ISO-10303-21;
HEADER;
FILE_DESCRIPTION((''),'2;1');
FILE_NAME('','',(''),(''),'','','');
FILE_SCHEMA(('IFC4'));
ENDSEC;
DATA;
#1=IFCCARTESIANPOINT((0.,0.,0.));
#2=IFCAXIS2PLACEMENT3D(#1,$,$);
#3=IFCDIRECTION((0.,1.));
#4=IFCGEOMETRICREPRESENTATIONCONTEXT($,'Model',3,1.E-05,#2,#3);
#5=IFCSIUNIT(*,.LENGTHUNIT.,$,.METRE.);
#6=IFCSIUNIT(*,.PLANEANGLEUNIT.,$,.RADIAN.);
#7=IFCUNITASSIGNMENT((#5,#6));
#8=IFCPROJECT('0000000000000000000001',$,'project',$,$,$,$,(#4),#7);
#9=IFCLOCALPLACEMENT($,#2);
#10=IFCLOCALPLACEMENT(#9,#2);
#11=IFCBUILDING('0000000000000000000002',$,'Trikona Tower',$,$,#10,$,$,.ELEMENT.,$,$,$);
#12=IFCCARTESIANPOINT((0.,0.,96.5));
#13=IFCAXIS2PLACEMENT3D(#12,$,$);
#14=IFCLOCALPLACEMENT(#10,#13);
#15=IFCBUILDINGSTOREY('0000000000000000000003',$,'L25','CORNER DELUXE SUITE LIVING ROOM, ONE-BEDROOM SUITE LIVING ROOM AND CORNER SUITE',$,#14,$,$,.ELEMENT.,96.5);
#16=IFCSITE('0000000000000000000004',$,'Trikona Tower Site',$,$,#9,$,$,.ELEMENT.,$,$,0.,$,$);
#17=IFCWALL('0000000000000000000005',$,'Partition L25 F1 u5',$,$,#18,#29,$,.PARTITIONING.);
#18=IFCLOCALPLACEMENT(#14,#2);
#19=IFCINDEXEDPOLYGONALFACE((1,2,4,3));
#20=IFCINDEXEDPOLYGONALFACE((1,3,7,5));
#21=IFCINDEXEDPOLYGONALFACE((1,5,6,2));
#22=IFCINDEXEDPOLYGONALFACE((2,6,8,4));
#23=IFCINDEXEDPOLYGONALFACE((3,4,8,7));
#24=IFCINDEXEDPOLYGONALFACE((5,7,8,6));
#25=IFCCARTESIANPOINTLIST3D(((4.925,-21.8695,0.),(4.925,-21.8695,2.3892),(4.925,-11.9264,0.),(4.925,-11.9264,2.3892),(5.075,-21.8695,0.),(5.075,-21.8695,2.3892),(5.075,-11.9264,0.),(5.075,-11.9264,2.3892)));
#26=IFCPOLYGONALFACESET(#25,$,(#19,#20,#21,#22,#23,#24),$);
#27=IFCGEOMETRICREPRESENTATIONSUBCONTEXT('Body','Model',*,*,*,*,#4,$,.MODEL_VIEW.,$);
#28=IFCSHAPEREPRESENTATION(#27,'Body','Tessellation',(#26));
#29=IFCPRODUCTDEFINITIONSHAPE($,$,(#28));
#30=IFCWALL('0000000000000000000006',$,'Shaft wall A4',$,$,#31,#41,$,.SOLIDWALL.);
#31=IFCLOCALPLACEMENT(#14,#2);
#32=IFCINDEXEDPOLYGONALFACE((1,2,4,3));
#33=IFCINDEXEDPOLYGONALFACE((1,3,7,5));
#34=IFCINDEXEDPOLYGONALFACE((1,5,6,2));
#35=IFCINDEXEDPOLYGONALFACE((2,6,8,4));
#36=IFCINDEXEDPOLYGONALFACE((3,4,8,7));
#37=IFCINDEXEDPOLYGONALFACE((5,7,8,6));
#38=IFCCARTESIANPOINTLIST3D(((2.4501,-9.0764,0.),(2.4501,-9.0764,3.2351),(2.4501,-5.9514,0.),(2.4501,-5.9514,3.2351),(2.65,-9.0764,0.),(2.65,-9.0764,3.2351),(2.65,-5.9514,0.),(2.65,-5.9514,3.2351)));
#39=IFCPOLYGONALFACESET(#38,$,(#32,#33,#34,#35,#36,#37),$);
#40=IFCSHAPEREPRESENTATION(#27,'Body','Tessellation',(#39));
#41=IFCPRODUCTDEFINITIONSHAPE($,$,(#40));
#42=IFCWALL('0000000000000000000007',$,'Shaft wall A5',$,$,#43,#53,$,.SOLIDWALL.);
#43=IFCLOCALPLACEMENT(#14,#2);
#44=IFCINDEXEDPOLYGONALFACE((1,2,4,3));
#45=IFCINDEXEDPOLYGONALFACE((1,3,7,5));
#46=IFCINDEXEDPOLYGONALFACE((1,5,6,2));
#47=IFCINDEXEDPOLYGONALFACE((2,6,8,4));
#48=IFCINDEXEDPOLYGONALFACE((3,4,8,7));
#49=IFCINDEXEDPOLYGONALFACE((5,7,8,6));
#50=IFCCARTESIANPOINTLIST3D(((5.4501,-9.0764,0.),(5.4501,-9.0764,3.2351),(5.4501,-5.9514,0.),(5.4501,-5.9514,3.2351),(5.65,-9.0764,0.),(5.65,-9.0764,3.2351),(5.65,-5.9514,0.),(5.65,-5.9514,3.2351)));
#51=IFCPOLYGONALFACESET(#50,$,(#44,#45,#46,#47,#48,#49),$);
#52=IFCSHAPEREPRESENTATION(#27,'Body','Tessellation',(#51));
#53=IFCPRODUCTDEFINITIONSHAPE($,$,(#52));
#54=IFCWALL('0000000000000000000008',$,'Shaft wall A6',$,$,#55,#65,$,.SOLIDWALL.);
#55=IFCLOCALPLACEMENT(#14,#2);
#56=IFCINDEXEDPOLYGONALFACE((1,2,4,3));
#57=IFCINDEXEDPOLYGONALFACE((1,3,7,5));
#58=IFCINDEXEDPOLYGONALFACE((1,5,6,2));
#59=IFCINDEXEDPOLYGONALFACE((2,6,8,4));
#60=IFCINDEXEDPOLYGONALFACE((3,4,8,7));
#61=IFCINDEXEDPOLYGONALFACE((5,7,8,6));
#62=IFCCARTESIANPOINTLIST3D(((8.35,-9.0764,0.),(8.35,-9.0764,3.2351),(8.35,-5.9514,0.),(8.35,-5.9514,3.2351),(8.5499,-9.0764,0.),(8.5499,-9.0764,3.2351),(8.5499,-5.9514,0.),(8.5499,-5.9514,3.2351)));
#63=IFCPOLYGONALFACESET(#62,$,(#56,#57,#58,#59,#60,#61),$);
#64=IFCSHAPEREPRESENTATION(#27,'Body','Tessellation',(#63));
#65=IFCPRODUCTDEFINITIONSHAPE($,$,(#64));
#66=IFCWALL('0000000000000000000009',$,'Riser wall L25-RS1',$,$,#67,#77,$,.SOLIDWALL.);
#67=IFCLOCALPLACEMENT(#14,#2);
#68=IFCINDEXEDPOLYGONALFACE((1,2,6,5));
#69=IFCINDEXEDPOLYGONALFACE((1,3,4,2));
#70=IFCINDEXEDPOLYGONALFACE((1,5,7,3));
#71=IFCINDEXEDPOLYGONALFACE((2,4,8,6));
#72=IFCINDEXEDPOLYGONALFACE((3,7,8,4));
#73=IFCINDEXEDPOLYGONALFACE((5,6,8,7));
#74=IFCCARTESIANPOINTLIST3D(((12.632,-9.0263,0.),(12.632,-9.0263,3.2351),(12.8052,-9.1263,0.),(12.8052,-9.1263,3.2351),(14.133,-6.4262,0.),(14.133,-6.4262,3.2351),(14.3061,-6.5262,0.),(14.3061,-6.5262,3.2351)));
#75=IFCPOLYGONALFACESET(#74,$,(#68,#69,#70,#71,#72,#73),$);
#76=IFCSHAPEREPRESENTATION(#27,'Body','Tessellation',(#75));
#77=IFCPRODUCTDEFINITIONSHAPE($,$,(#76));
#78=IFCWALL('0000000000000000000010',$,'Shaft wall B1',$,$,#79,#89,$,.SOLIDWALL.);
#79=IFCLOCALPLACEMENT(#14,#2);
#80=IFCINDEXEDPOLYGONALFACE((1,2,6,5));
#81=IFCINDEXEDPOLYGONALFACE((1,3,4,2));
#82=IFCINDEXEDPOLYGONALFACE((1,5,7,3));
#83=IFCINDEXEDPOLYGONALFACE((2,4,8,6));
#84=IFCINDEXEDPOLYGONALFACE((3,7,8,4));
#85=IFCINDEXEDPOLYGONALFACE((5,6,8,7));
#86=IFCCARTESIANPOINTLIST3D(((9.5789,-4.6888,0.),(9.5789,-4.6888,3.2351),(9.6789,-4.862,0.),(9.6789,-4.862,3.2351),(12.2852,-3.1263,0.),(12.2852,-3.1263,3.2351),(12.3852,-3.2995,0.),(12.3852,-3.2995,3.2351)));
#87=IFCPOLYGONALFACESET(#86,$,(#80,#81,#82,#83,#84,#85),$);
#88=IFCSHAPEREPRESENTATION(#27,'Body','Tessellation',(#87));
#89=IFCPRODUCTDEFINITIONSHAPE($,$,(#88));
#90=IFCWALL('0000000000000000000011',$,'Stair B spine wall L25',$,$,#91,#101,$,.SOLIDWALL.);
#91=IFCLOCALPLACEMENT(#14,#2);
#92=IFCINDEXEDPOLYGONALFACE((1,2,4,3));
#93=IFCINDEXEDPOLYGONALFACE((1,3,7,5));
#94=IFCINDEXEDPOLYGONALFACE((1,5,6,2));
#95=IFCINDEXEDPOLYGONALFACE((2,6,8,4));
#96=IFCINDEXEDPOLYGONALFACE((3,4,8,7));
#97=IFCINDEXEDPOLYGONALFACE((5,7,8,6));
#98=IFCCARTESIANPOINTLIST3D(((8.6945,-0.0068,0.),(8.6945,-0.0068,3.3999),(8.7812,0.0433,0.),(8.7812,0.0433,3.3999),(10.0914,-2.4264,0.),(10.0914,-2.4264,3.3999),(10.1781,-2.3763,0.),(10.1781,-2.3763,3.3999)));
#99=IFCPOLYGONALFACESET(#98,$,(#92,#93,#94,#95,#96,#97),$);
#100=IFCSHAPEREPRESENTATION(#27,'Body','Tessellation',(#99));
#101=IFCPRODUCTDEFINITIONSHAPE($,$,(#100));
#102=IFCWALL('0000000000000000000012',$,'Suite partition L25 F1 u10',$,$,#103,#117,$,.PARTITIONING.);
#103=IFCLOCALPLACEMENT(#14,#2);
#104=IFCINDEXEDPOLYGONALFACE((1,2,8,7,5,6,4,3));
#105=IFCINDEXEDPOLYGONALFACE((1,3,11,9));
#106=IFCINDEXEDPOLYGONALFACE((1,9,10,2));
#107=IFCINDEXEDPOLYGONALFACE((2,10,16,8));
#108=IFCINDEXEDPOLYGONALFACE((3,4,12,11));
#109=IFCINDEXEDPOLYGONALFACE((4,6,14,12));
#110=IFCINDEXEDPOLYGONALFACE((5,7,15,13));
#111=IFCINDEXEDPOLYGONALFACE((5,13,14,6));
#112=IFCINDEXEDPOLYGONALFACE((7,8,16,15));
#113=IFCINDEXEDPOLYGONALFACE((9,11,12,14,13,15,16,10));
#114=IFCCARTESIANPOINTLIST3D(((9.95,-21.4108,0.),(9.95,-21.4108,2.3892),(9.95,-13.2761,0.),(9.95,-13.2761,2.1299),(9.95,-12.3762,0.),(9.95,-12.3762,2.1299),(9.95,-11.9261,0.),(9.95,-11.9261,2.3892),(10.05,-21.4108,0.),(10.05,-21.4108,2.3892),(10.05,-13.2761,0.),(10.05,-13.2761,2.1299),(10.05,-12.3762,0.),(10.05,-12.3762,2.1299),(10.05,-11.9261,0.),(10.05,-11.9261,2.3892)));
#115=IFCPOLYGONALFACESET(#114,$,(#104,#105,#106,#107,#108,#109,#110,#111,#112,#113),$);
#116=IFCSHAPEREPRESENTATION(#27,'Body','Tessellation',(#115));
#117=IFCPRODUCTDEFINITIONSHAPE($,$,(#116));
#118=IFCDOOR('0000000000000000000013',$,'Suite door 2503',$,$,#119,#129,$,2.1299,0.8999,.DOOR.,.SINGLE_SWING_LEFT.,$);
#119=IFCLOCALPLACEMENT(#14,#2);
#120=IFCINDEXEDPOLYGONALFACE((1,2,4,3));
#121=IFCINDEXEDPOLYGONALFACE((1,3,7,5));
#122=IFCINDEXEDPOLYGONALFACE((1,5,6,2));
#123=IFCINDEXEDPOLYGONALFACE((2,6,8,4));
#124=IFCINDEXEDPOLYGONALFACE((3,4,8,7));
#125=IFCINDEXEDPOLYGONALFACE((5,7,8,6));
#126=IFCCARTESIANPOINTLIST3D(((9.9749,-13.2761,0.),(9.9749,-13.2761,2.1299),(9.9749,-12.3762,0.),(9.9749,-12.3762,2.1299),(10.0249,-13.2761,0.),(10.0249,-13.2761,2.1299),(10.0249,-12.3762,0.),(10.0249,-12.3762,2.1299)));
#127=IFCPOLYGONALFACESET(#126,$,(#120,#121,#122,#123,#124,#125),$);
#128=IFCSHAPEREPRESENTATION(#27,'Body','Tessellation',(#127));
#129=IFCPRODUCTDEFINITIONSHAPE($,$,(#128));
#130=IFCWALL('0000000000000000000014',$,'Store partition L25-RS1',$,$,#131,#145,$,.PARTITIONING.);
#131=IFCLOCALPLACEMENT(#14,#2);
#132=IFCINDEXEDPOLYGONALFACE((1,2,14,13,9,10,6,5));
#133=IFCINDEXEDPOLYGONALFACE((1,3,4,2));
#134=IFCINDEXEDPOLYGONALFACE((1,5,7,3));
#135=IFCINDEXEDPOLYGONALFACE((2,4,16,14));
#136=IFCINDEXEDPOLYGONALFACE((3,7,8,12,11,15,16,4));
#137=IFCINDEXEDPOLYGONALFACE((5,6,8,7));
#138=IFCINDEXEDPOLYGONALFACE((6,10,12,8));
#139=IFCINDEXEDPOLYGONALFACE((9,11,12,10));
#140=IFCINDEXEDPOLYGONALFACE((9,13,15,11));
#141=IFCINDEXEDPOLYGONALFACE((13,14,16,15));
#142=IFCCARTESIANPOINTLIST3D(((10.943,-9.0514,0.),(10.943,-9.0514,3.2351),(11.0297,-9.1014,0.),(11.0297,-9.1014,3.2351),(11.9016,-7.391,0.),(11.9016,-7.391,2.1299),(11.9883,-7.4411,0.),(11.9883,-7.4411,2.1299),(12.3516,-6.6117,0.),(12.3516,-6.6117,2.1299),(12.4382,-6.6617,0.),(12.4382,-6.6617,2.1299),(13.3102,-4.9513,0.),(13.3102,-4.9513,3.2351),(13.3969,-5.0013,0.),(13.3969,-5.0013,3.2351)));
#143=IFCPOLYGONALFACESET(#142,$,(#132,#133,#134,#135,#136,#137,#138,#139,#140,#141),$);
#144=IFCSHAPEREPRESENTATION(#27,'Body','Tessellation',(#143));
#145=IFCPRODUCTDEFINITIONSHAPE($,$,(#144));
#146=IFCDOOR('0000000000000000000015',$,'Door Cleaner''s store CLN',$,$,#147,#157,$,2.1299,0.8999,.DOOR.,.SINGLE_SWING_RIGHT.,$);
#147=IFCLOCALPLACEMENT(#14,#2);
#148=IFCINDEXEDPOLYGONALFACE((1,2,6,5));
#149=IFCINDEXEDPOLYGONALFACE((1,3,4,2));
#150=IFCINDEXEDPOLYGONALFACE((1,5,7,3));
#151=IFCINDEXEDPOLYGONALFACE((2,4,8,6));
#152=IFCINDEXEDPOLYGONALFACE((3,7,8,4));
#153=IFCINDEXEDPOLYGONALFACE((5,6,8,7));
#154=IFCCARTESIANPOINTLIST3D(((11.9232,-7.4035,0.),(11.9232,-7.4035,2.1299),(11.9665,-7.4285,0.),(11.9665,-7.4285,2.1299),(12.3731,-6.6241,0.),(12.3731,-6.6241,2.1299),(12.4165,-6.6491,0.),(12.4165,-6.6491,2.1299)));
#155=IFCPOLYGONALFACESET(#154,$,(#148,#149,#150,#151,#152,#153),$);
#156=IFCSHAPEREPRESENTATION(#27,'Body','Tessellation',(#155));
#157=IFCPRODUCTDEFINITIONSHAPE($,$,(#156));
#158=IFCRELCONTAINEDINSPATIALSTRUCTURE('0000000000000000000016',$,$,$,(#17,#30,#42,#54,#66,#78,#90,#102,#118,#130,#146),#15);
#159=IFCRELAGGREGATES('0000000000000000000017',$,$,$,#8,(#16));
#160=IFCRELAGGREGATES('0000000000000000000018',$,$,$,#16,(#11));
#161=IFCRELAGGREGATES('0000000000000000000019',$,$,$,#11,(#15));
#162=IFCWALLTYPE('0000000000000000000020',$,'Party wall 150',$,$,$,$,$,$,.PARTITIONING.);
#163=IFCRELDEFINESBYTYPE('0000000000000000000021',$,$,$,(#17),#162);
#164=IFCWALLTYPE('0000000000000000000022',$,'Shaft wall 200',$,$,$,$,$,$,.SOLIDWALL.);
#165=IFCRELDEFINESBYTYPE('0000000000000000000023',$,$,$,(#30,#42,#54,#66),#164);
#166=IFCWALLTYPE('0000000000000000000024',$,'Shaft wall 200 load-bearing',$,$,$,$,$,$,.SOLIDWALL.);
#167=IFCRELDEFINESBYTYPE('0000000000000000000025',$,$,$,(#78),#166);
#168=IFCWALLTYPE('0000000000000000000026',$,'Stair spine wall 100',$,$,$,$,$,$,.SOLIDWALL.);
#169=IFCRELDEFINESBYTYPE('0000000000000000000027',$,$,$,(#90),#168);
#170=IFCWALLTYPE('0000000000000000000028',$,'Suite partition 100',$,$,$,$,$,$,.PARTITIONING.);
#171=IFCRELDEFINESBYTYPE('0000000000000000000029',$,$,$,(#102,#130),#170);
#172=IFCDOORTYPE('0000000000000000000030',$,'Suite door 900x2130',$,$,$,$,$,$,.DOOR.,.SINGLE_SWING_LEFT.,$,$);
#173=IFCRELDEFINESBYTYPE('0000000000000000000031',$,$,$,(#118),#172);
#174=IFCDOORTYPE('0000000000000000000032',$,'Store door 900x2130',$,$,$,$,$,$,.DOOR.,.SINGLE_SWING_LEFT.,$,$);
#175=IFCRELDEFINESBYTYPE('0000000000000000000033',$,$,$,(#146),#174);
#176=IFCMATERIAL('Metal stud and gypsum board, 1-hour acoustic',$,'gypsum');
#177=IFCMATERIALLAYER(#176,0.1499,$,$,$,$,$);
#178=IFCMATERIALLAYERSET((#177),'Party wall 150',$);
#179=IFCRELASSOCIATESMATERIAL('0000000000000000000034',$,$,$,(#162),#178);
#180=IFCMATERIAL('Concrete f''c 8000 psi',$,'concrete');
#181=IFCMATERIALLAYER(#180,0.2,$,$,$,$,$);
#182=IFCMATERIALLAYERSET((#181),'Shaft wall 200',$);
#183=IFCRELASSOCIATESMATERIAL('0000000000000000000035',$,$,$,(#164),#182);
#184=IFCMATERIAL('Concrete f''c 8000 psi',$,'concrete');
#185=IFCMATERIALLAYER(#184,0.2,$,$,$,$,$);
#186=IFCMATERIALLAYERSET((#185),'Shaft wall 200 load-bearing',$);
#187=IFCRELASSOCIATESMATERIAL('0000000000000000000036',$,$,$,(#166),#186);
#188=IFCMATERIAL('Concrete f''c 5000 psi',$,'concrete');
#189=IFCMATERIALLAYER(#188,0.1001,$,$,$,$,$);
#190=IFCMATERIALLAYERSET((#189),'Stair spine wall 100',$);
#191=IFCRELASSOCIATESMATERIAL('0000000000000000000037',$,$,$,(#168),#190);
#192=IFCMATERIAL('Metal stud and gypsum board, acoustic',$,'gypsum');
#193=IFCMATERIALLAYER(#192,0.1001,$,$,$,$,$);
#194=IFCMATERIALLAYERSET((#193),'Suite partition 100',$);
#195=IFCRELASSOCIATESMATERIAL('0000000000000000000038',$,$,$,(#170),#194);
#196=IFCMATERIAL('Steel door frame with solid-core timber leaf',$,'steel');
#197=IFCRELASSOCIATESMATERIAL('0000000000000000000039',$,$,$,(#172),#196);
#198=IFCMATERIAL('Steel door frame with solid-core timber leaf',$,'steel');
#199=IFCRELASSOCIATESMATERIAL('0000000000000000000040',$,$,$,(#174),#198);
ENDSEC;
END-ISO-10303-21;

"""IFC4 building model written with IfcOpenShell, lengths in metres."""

from ifc_helpers import new_model, si_unit, direction, frame, frame_2d, origin, place, context, subcontext, project, spatial, rectangle, extrude, material, layer, layer_set, type_object, element, fill, save


model = new_model("IFC4")

# Units and contexts
model_context = context("Model", 3, precision=1e-05, world=origin(), true_north=direction((0.0, 1.0)))
body_context = subcontext(model_context, "Body", "Model", "MODEL_VIEW")
ifc_project = project(units=[si_unit("LENGTHUNIT", "METRE"), si_unit("PLANEANGLEUNIT", "RADIAN")], contexts=[model_context])

# Site, building, storey
site_placement = place(None, origin())
site = spatial("IfcSite", under=ifc_project, at=site_placement, Name="Trikona Tower Site", CompositionType="ELEMENT", RefElevation=0.0)
building_placement = place(site_placement, origin())
building = spatial("IfcBuilding", under=site, at=building_placement, Name="Trikona Tower", CompositionType="ELEMENT")
storey_placement = place(building_placement, frame((0.0, 0.0, 96.5)))
storey = spatial("IfcBuildingStorey", under=building, at=storey_placement, Name="L25", Description="CORNER DELUXE SUITE LIVING ROOM, ONE-BEDROOM SUITE LIVING ROOM AND CORNER SUITE", CompositionType="ELEMENT", Elevation=96.5)

# Walls
ifc_material_1 = material(Name="Metal stud and gypsum board, 1-hour acoustic", Category="gypsum")
ifc_layer_1 = layer(ifc_material_1, 0.1499)
ifc_layer_set_1 = layer_set([ifc_layer_1], Name="Party wall 150")
wall_type_1 = type_object("IfcWallType", Name="Party wall 150", PredefinedType="PARTITIONING", material=ifc_layer_set_1)
wall_1_placement = place(storey_placement, frame((5.0, -11.9263, 0.0), z_axis=(0.0, 0.0, 1.0), x_axis=(0.0, -1.0, 0.0)))
element("IfcWall", 1, at=wall_1_placement, inside=storey, type_object=wall_type_1, Name="Partition L25 F1 u5", PredefinedType="PARTITIONING", context=body_context, shape_type="SweptSolid", body=[
    extrude(rectangle(XDim=9.9431, YDim=0.1499, at=frame_2d((4.9717, 0.0))), origin(), (0.0, 0.0, 1.0), 2.3892),
])
ifc_material_2 = material(Name="Concrete f'c 8000 psi", Category="concrete")
ifc_layer_2 = layer(ifc_material_2, 0.2)
ifc_layer_set_2 = layer_set([ifc_layer_2], Name="Shaft wall 200")
wall_type_2 = type_object("IfcWallType", Name="Shaft wall 200", PredefinedType="SOLIDWALL", material=ifc_layer_set_2)
for number, where, z_axis, x_axis, name in (
    (2, (2.55, -5.9514, 0.0), (0.0, 0.0, 1.0), (0.0, -1.0, 0.0), "Shaft wall A4"),
    (3, (5.55, -5.9514, 0.0), (0.0, 0.0, 1.0), (0.0, -1.0, 0.0), "Shaft wall A5"),
    (4, (8.45, -5.9514, 0.0), (0.0, 0.0, 1.0), (0.0, -1.0, 0.0), "Shaft wall A6"),
):
    element("IfcWall", number, at=place(storey_placement, frame(where, z_axis=z_axis, x_axis=x_axis)), inside=storey, type_object=wall_type_2, Name=name, PredefinedType="SOLIDWALL", context=body_context, shape_type="SweptSolid", body=[
        extrude(rectangle(XDim=3.125, YDim=0.2, at=frame_2d((1.5625, 0.0))), origin(), (0.0, 0.0, 1.0), 3.2351),
    ])
wall_2_placement = place(storey_placement, frame((14.2195, -6.4763, 0.0), z_axis=(0.0, 0.0, 1.0), x_axis=(-0.499952, -0.866053, 0.0)))
element("IfcWall", 5, at=wall_2_placement, inside=storey, type_object=wall_type_2, Name="Riser wall L25-RS1", PredefinedType="SOLIDWALL", context=body_context, shape_type="SweptSolid", body=[
    extrude(rectangle(XDim=3.0022, YDim=0.2, at=frame_2d((1.501, 0.0))), origin(), (0.0, 0.0, 1.0), 3.2351),
])
ifc_material_3 = material(Name="Concrete f'c 8000 psi", Category="concrete")
ifc_layer_3 = layer(ifc_material_3, 0.2)
ifc_layer_set_3 = layer_set([ifc_layer_3], Name="Shaft wall 200 load-bearing")
wall_type_3 = type_object("IfcWallType", Name="Shaft wall 200 load-bearing", PredefinedType="SOLIDWALL", material=ifc_layer_set_3)
wall_3_placement = place(storey_placement, frame((9.6289, -4.7754, 0.0), z_axis=(0.0, 0.0, 1.0), x_axis=(0.866023, 0.500004, 0.0)))
element("IfcWall", 6, at=wall_3_placement, inside=storey, type_object=wall_type_3, Name="Shaft wall B1", PredefinedType="SOLIDWALL", context=body_context, shape_type="SweptSolid", body=[
    extrude(rectangle(XDim=3.125, YDim=0.2, at=frame_2d((1.5625, 0.0))), origin(), (0.0, 0.0, 1.0), 3.2351),
])
ifc_material_4 = material(Name="Concrete f'c 5000 psi", Category="concrete")
ifc_layer_4 = layer(ifc_material_4, 0.1001)
ifc_layer_set_4 = layer_set([ifc_layer_4], Name="Stair spine wall 100")
wall_type_4 = type_object("IfcWallType", Name="Stair spine wall 100", PredefinedType="SOLIDWALL", material=ifc_layer_set_4)
wall_4_placement = place(storey_placement, frame((10.1348, -2.4014, 0.0), z_axis=(0.0, 0.0, 1.0), x_axis=(-0.499992, 0.86603, 0.0)))
element("IfcWall", 7, at=wall_4_placement, inside=storey, type_object=wall_type_4, Name="Stair B spine wall L25", PredefinedType="SOLIDWALL", context=body_context, shape_type="SweptSolid", body=[
    extrude(rectangle(XDim=2.7939, YDim=0.1001, at=frame_2d((1.397, 0.0))), origin(), (0.0, 0.0, 1.0), 3.3999),
])

# Walls, openings, doors
ifc_material_5 = material(Name="Metal stud and gypsum board, acoustic", Category="gypsum")
ifc_layer_5 = layer(ifc_material_5, 0.1001)
ifc_layer_set_5 = layer_set([ifc_layer_5], Name="Suite partition 100")
wall_type_5 = type_object("IfcWallType", Name="Suite partition 100", PredefinedType="PARTITIONING", material=ifc_layer_set_5)
wall_5_placement = place(storey_placement, frame((10.0, -11.9263, 0.0), z_axis=(0.0, 0.0, 1.0), x_axis=(0.0, -1.0, 0.0)))
wall_5 = element("IfcWall", 8, at=wall_5_placement, inside=storey, type_object=wall_type_5, Name="Suite partition L25 F1 u10", PredefinedType="PARTITIONING", context=body_context, shape_type="SweptSolid", body=[
    extrude(rectangle(XDim=9.4846, YDim=0.1001, at=frame_2d((4.7422, 0.0))), origin(), (0.0, 0.0, 1.0), 2.3892),
])
opening_1_placement = place(wall_5_placement, frame((0.45, 0.0, 0.0)))
opening_1 = element("IfcOpeningElement", 9, at=opening_1_placement, cuts=wall_5, PredefinedType="OPENING", context=body_context, shape_type="SweptSolid", body=[
    extrude(rectangle(XDim=0.8999, YDim=2.1299, at=frame_2d((0.45, 1.0649))), frame((0.0, 0.0601, 0.0), z_axis=(0.0, -1.0, 0.0), x_axis=(1.0, 0.0, 0.0)), (0.0, 0.0, 1.0), 0.1201),
])
ifc_material_6 = material(Name="Steel door frame with solid-core timber leaf", Category="steel")
door_type_1 = type_object("IfcDoorType", Name="Suite door 900x2130", OperationType="SINGLE_SWING_LEFT", PredefinedType="DOOR", material=ifc_material_6)
door_1_placement = place(opening_1_placement, origin())
door_1 = element("IfcDoor", 10, at=door_1_placement, inside=storey, type_object=door_type_1, Name="Suite door 2503", OperationType="SINGLE_SWING_LEFT", OverallHeight=2.1299, OverallWidth=0.8999, PredefinedType="DOOR", context=body_context, shape_type="SweptSolid", body=[
    extrude(rectangle(XDim=0.8999, YDim=2.1299, at=frame_2d((0.45, 1.0649))), frame((0.0, 0.0249, 0.0), z_axis=(0.0, -1.0, 0.0), x_axis=(1.0, 0.0, 0.0)), (0.0, 0.0, 1.0), 0.05),
])
fill(opening_1, door_1)
wall_6_placement = place(storey_placement, frame((13.3535, -4.9763, 0.0), z_axis=(0.0, 0.0, 1.0), x_axis=(-0.499999, -0.866026, 0.0)))
wall_6 = element("IfcWall", 11, at=wall_6_placement, inside=storey, type_object=wall_type_5, Name="Store partition L25-RS1", PredefinedType="PARTITIONING", context=body_context, shape_type="SweptSolid", body=[
    extrude(rectangle(XDim=4.7344, YDim=0.1001, at=frame_2d((2.3672, 0.0))), origin(), (0.0, 0.0, 1.0), 3.2351),
])
opening_2_placement = place(wall_6_placement, frame((1.9172, 0.0, 0.0)))
opening_2 = element("IfcOpeningElement", 12, at=opening_2_placement, cuts=wall_6, PredefinedType="OPENING", context=body_context, shape_type="SweptSolid", body=[
    extrude(rectangle(XDim=0.8999, YDim=2.1299, at=frame_2d((0.45, 1.0649))), frame((0.0, 0.0601, 0.0), z_axis=(0.0, -1.0, 0.0), x_axis=(1.0, 0.0, 0.0)), (0.0, 0.0, 1.0), 0.1201),
])
ifc_material_7 = material(Name="Steel door frame with solid-core timber leaf", Category="steel")
door_type_2 = type_object("IfcDoorType", Name="Store door 900x2130", OperationType="SINGLE_SWING_LEFT", PredefinedType="DOOR", material=ifc_material_7)
door_2_placement = place(opening_2_placement, origin())
door_2 = element("IfcDoor", 13, at=door_2_placement, inside=storey, type_object=door_type_2, Name="Door Cleaner's store CLN", OperationType="SINGLE_SWING_RIGHT", OverallHeight=2.1299, OverallWidth=0.8999, PredefinedType="DOOR", context=body_context, shape_type="SweptSolid", body=[
    extrude(rectangle(XDim=0.8999, YDim=2.1299, at=frame_2d((0.45, 1.0649))), frame((0.0, 0.0249, 0.0), z_axis=(0.0, -1.0, 0.0), x_axis=(1.0, 0.0, 0.0)), (0.0, 0.0, 1.0), 0.05),
])
fill(opening_2, door_2)

save(model, "model.ifc")
